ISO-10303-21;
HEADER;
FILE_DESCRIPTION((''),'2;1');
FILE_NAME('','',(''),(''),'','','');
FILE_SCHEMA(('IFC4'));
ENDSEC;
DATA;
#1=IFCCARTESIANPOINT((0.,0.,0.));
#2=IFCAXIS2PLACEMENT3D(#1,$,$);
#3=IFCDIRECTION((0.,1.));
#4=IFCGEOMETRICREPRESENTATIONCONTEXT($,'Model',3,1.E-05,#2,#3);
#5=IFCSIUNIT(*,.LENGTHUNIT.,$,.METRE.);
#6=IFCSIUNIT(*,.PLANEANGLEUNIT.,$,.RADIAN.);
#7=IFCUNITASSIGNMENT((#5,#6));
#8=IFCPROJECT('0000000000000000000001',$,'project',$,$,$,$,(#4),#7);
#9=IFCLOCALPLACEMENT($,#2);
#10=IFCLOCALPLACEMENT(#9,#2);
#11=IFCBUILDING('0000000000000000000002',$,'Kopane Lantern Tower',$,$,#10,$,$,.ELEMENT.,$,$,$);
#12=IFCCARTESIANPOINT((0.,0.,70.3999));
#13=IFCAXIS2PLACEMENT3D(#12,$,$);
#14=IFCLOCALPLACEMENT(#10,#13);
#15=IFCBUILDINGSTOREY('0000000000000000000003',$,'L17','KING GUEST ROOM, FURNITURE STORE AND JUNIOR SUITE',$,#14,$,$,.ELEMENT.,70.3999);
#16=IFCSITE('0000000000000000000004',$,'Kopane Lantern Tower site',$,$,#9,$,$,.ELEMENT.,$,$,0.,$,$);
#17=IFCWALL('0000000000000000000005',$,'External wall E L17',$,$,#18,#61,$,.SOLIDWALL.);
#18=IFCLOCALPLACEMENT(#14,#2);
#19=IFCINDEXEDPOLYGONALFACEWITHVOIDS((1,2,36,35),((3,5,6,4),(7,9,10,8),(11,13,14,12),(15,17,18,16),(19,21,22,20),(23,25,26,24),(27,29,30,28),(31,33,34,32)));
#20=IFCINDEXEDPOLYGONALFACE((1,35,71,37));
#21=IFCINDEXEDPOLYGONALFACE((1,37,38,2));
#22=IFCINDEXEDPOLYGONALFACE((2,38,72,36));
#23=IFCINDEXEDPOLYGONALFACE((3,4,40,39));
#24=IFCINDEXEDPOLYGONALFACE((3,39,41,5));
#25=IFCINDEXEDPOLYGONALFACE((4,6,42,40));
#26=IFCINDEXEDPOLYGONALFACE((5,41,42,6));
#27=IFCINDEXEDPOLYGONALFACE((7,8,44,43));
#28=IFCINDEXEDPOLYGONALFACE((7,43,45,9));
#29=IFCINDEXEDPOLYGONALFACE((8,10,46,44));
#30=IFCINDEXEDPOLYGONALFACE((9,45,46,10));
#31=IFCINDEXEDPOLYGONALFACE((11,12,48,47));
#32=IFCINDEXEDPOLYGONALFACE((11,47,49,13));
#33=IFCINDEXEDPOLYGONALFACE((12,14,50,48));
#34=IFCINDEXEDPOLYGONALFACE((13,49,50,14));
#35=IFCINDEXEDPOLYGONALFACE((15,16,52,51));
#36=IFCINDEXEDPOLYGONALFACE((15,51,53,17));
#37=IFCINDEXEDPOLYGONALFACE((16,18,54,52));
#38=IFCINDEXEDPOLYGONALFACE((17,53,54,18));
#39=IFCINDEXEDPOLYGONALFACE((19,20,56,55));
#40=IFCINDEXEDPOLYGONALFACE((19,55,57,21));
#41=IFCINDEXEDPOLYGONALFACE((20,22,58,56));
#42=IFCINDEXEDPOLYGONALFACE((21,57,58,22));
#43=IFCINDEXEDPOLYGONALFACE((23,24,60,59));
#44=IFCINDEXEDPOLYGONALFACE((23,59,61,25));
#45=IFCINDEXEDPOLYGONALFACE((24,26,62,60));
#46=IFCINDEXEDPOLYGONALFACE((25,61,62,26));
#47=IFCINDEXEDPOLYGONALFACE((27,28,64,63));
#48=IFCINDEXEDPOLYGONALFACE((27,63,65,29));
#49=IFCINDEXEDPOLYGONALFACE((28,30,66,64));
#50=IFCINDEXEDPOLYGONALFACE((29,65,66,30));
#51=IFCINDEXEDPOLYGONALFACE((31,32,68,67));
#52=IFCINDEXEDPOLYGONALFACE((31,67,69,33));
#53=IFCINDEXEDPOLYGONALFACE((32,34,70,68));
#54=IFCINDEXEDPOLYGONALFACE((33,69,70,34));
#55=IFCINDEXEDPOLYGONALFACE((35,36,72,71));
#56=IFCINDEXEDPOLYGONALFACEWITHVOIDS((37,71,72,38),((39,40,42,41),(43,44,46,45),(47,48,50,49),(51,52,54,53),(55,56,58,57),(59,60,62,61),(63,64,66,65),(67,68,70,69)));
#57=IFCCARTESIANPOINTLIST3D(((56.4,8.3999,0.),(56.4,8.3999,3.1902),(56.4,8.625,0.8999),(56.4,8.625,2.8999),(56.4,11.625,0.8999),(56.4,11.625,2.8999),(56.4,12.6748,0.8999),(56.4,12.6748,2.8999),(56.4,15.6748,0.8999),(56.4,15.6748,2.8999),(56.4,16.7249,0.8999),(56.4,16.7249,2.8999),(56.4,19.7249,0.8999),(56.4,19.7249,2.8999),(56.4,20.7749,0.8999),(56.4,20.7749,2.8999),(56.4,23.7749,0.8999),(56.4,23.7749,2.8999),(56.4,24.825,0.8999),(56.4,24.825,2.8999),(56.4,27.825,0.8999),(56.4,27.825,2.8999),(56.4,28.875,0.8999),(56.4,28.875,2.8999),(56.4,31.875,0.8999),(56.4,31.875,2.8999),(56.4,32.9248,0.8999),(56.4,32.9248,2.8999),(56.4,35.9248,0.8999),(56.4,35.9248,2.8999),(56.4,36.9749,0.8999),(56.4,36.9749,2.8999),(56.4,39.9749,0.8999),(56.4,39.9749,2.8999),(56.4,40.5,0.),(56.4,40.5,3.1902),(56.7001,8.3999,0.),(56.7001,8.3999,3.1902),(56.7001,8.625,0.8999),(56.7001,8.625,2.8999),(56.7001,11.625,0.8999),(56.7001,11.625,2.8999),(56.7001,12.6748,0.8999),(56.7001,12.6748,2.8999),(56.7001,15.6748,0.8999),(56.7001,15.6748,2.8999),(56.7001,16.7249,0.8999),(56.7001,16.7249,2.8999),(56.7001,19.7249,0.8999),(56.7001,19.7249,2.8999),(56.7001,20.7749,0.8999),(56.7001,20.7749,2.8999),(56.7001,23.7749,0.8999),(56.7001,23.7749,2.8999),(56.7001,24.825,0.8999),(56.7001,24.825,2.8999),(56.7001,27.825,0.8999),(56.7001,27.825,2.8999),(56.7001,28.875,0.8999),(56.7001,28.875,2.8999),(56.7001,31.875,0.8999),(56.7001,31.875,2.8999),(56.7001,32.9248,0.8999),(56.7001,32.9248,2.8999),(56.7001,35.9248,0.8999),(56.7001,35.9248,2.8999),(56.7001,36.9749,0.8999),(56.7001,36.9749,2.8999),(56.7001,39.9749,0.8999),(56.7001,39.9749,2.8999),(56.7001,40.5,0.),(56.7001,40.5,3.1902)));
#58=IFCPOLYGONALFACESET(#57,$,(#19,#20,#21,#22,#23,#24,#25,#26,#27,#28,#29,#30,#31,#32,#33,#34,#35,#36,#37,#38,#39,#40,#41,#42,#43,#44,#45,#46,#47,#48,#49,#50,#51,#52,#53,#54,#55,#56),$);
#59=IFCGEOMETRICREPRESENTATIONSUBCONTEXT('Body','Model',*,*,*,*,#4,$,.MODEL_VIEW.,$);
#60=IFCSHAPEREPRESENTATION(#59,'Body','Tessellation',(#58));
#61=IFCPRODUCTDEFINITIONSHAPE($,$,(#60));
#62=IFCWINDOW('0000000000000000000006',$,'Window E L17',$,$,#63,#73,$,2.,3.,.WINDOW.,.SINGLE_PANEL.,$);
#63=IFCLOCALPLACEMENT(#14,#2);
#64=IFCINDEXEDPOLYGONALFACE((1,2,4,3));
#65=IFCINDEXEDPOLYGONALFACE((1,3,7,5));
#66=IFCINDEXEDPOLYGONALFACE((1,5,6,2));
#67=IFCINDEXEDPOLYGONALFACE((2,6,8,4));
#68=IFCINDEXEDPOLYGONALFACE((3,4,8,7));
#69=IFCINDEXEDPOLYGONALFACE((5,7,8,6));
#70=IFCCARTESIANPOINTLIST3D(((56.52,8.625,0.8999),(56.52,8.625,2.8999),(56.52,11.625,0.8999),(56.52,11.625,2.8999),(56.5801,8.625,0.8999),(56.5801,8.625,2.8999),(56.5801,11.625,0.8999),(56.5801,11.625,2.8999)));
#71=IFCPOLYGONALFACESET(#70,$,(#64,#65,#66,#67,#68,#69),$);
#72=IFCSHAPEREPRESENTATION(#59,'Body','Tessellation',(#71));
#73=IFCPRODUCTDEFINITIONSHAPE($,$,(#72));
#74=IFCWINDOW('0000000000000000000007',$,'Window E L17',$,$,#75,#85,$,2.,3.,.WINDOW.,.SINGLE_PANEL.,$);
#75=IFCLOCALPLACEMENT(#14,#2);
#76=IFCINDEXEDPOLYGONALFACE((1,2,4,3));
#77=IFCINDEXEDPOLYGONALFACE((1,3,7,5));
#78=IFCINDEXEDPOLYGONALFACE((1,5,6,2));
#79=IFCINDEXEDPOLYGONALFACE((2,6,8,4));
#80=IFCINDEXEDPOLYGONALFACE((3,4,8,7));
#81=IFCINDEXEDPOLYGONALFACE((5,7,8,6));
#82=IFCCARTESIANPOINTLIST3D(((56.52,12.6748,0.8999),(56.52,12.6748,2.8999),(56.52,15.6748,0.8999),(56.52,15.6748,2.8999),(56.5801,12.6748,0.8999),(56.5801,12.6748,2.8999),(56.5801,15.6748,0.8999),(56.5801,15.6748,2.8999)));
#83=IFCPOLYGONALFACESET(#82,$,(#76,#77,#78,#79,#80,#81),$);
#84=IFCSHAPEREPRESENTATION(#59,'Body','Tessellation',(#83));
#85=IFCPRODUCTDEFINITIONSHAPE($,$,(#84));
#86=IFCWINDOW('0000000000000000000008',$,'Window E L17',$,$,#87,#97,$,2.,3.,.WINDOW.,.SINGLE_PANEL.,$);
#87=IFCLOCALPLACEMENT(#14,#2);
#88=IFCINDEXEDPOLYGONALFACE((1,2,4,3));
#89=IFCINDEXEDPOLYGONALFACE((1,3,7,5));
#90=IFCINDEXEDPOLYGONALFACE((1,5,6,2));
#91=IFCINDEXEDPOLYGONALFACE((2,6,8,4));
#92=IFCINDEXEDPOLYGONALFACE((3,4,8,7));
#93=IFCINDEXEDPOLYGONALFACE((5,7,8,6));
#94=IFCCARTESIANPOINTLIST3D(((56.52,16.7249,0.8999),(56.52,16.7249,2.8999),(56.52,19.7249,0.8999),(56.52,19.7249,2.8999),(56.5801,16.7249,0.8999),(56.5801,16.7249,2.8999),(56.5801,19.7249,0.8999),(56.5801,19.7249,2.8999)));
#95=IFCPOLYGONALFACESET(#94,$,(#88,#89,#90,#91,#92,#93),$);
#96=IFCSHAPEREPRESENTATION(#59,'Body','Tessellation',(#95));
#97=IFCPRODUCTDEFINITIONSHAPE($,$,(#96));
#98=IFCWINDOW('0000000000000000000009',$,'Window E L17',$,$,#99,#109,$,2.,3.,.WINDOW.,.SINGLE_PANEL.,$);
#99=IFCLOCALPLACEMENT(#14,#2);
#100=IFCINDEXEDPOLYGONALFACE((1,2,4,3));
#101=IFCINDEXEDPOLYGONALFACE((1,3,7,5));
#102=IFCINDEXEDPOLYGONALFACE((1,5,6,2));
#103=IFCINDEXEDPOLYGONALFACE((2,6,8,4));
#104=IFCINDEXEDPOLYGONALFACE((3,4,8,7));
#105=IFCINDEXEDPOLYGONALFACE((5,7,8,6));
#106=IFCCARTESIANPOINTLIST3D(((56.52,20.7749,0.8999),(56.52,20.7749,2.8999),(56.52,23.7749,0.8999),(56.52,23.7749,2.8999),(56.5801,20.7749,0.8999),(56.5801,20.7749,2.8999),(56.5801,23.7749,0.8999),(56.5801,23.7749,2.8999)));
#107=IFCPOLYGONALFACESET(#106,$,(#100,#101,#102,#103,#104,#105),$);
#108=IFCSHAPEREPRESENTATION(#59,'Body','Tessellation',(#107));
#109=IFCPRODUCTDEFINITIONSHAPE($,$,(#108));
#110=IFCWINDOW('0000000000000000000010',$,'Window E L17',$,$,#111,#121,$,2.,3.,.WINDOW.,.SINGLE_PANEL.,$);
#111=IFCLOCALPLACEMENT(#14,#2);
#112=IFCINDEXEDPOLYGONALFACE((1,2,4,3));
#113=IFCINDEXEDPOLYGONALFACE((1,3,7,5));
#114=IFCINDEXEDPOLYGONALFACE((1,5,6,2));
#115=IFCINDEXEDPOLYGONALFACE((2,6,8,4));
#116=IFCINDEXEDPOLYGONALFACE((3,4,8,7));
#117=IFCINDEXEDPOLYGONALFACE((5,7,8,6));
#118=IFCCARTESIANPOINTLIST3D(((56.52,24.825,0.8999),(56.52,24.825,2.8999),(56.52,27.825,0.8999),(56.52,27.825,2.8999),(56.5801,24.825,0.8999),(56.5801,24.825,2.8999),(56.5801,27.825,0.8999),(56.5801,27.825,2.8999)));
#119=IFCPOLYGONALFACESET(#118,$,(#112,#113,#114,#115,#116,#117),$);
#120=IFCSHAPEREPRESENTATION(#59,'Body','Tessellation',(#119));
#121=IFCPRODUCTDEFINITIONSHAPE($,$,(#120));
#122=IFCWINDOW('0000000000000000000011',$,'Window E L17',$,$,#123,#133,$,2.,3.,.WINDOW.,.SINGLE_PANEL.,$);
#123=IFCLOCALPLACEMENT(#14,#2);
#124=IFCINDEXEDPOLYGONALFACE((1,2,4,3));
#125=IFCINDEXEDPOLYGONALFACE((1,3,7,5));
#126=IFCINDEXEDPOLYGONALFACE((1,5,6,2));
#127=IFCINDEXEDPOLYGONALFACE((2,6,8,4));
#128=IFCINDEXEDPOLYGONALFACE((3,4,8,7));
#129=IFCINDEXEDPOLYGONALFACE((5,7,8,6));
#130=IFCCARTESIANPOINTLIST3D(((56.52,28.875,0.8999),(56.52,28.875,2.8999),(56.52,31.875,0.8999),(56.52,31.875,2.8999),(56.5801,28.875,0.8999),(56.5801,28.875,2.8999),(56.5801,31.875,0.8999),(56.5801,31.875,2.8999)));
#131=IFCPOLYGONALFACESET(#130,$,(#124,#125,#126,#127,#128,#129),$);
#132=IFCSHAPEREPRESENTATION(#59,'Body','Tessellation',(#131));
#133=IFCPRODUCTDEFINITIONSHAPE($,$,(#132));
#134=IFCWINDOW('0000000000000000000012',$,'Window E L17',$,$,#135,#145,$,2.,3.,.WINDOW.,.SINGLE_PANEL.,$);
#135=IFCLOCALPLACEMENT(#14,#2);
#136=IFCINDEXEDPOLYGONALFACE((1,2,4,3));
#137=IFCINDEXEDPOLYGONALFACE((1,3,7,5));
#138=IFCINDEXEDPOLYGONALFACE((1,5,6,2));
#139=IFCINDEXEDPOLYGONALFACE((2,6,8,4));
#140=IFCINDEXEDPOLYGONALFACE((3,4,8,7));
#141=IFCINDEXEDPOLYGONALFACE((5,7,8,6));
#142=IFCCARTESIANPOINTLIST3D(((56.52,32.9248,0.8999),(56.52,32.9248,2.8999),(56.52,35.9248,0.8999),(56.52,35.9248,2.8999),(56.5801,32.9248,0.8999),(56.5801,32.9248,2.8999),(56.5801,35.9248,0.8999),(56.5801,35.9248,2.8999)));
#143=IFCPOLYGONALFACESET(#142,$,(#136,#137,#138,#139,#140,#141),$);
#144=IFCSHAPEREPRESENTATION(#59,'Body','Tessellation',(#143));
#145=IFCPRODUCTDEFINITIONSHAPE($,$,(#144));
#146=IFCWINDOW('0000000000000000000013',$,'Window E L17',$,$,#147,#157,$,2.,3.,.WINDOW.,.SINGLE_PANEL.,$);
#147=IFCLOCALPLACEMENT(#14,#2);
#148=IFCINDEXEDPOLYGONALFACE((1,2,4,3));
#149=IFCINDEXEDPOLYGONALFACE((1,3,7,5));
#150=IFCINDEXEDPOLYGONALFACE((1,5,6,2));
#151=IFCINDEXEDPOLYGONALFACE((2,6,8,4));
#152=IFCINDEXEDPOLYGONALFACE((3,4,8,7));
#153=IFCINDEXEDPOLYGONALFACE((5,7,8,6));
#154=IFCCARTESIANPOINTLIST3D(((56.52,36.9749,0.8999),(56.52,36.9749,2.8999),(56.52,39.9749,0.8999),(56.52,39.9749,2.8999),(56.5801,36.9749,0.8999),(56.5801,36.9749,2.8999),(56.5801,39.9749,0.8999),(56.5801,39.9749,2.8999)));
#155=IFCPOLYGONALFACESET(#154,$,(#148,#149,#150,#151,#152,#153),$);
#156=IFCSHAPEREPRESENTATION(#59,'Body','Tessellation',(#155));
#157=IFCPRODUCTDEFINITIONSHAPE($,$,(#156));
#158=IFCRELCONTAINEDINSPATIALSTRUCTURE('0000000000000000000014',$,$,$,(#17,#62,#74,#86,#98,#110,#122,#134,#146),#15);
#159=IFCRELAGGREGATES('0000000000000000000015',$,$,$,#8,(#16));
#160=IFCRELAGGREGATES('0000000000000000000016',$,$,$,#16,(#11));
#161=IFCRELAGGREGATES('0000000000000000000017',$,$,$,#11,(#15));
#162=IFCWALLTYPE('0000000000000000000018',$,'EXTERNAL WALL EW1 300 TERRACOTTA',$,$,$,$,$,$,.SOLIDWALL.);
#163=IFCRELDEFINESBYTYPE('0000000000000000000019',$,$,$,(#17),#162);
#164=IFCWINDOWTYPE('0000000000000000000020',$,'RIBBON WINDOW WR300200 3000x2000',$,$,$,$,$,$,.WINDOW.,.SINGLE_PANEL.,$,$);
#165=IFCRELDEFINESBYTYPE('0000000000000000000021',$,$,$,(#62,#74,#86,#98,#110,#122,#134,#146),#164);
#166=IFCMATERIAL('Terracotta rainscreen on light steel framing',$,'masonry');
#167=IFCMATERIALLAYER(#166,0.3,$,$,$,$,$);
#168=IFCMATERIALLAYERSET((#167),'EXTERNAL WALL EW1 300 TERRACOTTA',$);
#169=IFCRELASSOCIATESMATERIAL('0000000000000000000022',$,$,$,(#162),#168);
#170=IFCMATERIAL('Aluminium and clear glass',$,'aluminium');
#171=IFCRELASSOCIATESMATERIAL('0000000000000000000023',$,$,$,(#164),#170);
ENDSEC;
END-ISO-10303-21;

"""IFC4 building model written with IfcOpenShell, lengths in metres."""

from ifc_helpers import new_model, si_unit, direction, frame, frame_2d, origin, place, context, subcontext, project, spatial, rectangle, extrude, material, layer, layer_set, type_object, element, fill, save


model = new_model("IFC4")

# Units and contexts
model_context = context("Model", 3, precision=1e-05, world=origin(), true_north=direction((0.0, 1.0)))
body_context = subcontext(model_context, "Body", "Model", "MODEL_VIEW")
ifc_project = project(units=[si_unit("LENGTHUNIT", "METRE"), si_unit("PLANEANGLEUNIT", "RADIAN")], contexts=[model_context])

# Site, building, storey
site_placement = place(None, origin())
site = spatial("IfcSite", under=ifc_project, at=site_placement, Name="Kopane Lantern Tower site", CompositionType="ELEMENT", RefElevation=0.0)
building_placement = place(site_placement, origin())
building = spatial("IfcBuilding", under=site, at=building_placement, Name="Kopane Lantern Tower", CompositionType="ELEMENT")
storey_placement = place(building_placement, frame((0.0, 0.0, 70.3999)))
storey = spatial("IfcBuildingStorey", under=building, at=storey_placement, Name="L17", Description="KING GUEST ROOM, FURNITURE STORE AND JUNIOR SUITE", CompositionType="ELEMENT", Elevation=70.3999)

# Shared definitions
ifc_material_1 = material(Name="Terracotta rainscreen on light steel framing", Category="masonry")
ifc_layer = layer(ifc_material_1, 0.3)
ifc_layer_set = layer_set([ifc_layer], Name="EXTERNAL WALL EW1 300 TERRACOTTA")
wall_type = type_object("IfcWallType", Name="EXTERNAL WALL EW1 300 TERRACOTTA", PredefinedType="SOLIDWALL", material=ifc_layer_set)

# Wall, openings, windows
wall_1_placement = place(storey_placement, frame((56.55, 8.3999, 0.0), z_axis=(0.0, 0.0, 1.0), x_axis=(0.0, 1.0, 0.0)))
wall_1 = element("IfcWall", 1, at=wall_1_placement, inside=storey, type_object=wall_type, Name="External wall E L17", PredefinedType="SOLIDWALL", context=body_context, shape_type="SweptSolid", body=[
    extrude(rectangle(XDim=32.1001, YDim=0.3, at=frame_2d((16.05, 0.0))), origin(), (0.0, 0.0, 1.0), 3.1902),
])
opening_1_placement = place(wall_1_placement, frame((0.2251, 0.0, 0.8999)))
opening_1 = element("IfcOpeningElement", 2, at=opening_1_placement, cuts=wall_1, PredefinedType="OPENING", context=body_context, shape_type="SweptSolid", body=[
    extrude(rectangle(XDim=3.0, YDim=2.0, at=frame_2d((1.5, 1.0))), frame((0.0, 0.1599, 0.0), z_axis=(0.0, -1.0, 0.0), x_axis=(1.0, 0.0, 0.0)), (0.0, 0.0, 1.0), 0.3201),
])
opening_2_placement = place(wall_1_placement, frame((4.2749, 0.0, 0.8999)))
opening_2 = element("IfcOpeningElement", 3, at=opening_2_placement, cuts=wall_1, PredefinedType="OPENING", context=body_context, shape_type="SweptSolid", body=[
    extrude(rectangle(XDim=3.0, YDim=2.0, at=frame_2d((1.5, 1.0))), frame((0.0, 0.1599, 0.0), z_axis=(0.0, -1.0, 0.0), x_axis=(1.0, 0.0, 0.0)), (0.0, 0.0, 1.0), 0.3201),
])
opening_3_placement = place(wall_1_placement, frame((8.325, 0.0, 0.8999)))
opening_3 = element("IfcOpeningElement", 4, at=opening_3_placement, cuts=wall_1, PredefinedType="OPENING", context=body_context, shape_type="SweptSolid", body=[
    extrude(rectangle(XDim=3.0, YDim=2.0, at=frame_2d((1.5, 1.0))), frame((0.0, 0.1599, 0.0), z_axis=(0.0, -1.0, 0.0), x_axis=(1.0, 0.0, 0.0)), (0.0, 0.0, 1.0), 0.3201),
])
opening_4_placement = place(wall_1_placement, frame((12.375, 0.0, 0.8999)))
opening_4 = element("IfcOpeningElement", 5, at=opening_4_placement, cuts=wall_1, PredefinedType="OPENING", context=body_context, shape_type="SweptSolid", body=[
    extrude(rectangle(XDim=3.0, YDim=2.0, at=frame_2d((1.5, 1.0))), frame((0.0, 0.1599, 0.0), z_axis=(0.0, -1.0, 0.0), x_axis=(1.0, 0.0, 0.0)), (0.0, 0.0, 1.0), 0.3201),
])
opening_5_placement = place(wall_1_placement, frame((16.425, 0.0, 0.8999)))
opening_5 = element("IfcOpeningElement", 6, at=opening_5_placement, cuts=wall_1, PredefinedType="OPENING", context=body_context, shape_type="SweptSolid", body=[
    extrude(rectangle(XDim=3.0, YDim=2.0, at=frame_2d((1.5, 1.0))), frame((0.0, 0.1599, 0.0), z_axis=(0.0, -1.0, 0.0), x_axis=(1.0, 0.0, 0.0)), (0.0, 0.0, 1.0), 0.3201),
])
opening_6_placement = place(wall_1_placement, frame((20.4751, 0.0, 0.8999)))
opening_6 = element("IfcOpeningElement", 7, at=opening_6_placement, cuts=wall_1, PredefinedType="OPENING", context=body_context, shape_type="SweptSolid", body=[
    extrude(rectangle(XDim=3.0, YDim=2.0, at=frame_2d((1.5, 1.0))), frame((0.0, 0.1599, 0.0), z_axis=(0.0, -1.0, 0.0), x_axis=(1.0, 0.0, 0.0)), (0.0, 0.0, 1.0), 0.3201),
])
opening_7_placement = place(wall_1_placement, frame((24.5249, 0.0, 0.8999)))
opening_7 = element("IfcOpeningElement", 8, at=opening_7_placement, cuts=wall_1, PredefinedType="OPENING", context=body_context, shape_type="SweptSolid", body=[
    extrude(rectangle(XDim=3.0, YDim=2.0, at=frame_2d((1.5, 1.0))), frame((0.0, 0.1599, 0.0), z_axis=(0.0, -1.0, 0.0), x_axis=(1.0, 0.0, 0.0)), (0.0, 0.0, 1.0), 0.3201),
])
opening_8_placement = place(wall_1_placement, frame((28.575, 0.0, 0.8999)))
opening_8 = element("IfcOpeningElement", 9, at=opening_8_placement, cuts=wall_1, PredefinedType="OPENING", context=body_context, shape_type="SweptSolid", body=[
    extrude(rectangle(XDim=3.0, YDim=2.0, at=frame_2d((1.5, 1.0))), frame((0.0, 0.1599, 0.0), z_axis=(0.0, -1.0, 0.0), x_axis=(1.0, 0.0, 0.0)), (0.0, 0.0, 1.0), 0.3201),
])
ifc_material_2 = material(Name="Aluminium and clear glass", Category="aluminium")
window_type_1 = type_object("IfcWindowType", Name="RIBBON WINDOW WR300200 3000x2000", PartitioningType="SINGLE_PANEL", PredefinedType="WINDOW", material=ifc_material_2)
window_1_placement = place(opening_1_placement, origin())
window_1 = element("IfcWindow", 10, at=window_1_placement, inside=storey, type_object=window_type_1, Name="Window E L17", OverallHeight=2.0, OverallWidth=3.0, PartitioningType="SINGLE_PANEL", PredefinedType="WINDOW", context=body_context, shape_type="SweptSolid", body=[
    extrude(rectangle(XDim=3.0, YDim=2.0, at=frame_2d((1.5, 1.0))), frame((0.0, 0.03, 0.0), z_axis=(0.0, -1.0, 0.0), x_axis=(1.0, 0.0, 0.0)), (0.0, 0.0, 1.0), 0.0601),
])
fill(opening_1, window_1)
window_2_placement = place(opening_2_placement, origin())
window_2 = element("IfcWindow", 11, at=window_2_placement, inside=storey, type_object=window_type_1, Name="Window E L17", OverallHeight=2.0, OverallWidth=3.0, PartitioningType="SINGLE_PANEL", PredefinedType="WINDOW", context=body_context, shape_type="SweptSolid", body=[
    extrude(rectangle(XDim=3.0, YDim=2.0, at=frame_2d((1.5, 1.0))), frame((0.0, 0.03, 0.0), z_axis=(0.0, -1.0, 0.0), x_axis=(1.0, 0.0, 0.0)), (0.0, 0.0, 1.0), 0.0601),
])
fill(opening_2, window_2)
window_3_placement = place(opening_3_placement, origin())
window_3 = element("IfcWindow", 12, at=window_3_placement, inside=storey, type_object=window_type_1, Name="Window E L17", OverallHeight=2.0, OverallWidth=3.0, PartitioningType="SINGLE_PANEL", PredefinedType="WINDOW", context=body_context, shape_type="SweptSolid", body=[
    extrude(rectangle(XDim=3.0, YDim=2.0, at=frame_2d((1.5, 1.0))), frame((0.0, 0.03, 0.0), z_axis=(0.0, -1.0, 0.0), x_axis=(1.0, 0.0, 0.0)), (0.0, 0.0, 1.0), 0.0601),
])
fill(opening_3, window_3)
window_4_placement = place(opening_4_placement, origin())
window_4 = element("IfcWindow", 13, at=window_4_placement, inside=storey, type_object=window_type_1, Name="Window E L17", OverallHeight=2.0, OverallWidth=3.0, PartitioningType="SINGLE_PANEL", PredefinedType="WINDOW", context=body_context, shape_type="SweptSolid", body=[
    extrude(rectangle(XDim=3.0, YDim=2.0, at=frame_2d((1.5, 1.0))), frame((0.0, 0.03, 0.0), z_axis=(0.0, -1.0, 0.0), x_axis=(1.0, 0.0, 0.0)), (0.0, 0.0, 1.0), 0.0601),
])
fill(opening_4, window_4)
window_5_placement = place(opening_5_placement, origin())
window_5 = element("IfcWindow", 14, at=window_5_placement, inside=storey, type_object=window_type_1, Name="Window E L17", OverallHeight=2.0, OverallWidth=3.0, PartitioningType="SINGLE_PANEL", PredefinedType="WINDOW", context=body_context, shape_type="SweptSolid", body=[
    extrude(rectangle(XDim=3.0, YDim=2.0, at=frame_2d((1.5, 1.0))), frame((0.0, 0.03, 0.0), z_axis=(0.0, -1.0, 0.0), x_axis=(1.0, 0.0, 0.0)), (0.0, 0.0, 1.0), 0.0601),
])
fill(opening_5, window_5)
window_6_placement = place(opening_6_placement, origin())
window_6 = element("IfcWindow", 15, at=window_6_placement, inside=storey, type_object=window_type_1, Name="Window E L17", OverallHeight=2.0, OverallWidth=3.0, PartitioningType="SINGLE_PANEL", PredefinedType="WINDOW", context=body_context, shape_type="SweptSolid", body=[
    extrude(rectangle(XDim=3.0, YDim=2.0, at=frame_2d((1.5, 1.0))), frame((0.0, 0.03, 0.0), z_axis=(0.0, -1.0, 0.0), x_axis=(1.0, 0.0, 0.0)), (0.0, 0.0, 1.0), 0.0601),
])
fill(opening_6, window_6)
window_7_placement = place(opening_7_placement, origin())
window_7 = element("IfcWindow", 16, at=window_7_placement, inside=storey, type_object=window_type_1, Name="Window E L17", OverallHeight=2.0, OverallWidth=3.0, PartitioningType="SINGLE_PANEL", PredefinedType="WINDOW", context=body_context, shape_type="SweptSolid", body=[
    extrude(rectangle(XDim=3.0, YDim=2.0, at=frame_2d((1.5, 1.0))), frame((0.0, 0.03, 0.0), z_axis=(0.0, -1.0, 0.0), x_axis=(1.0, 0.0, 0.0)), (0.0, 0.0, 1.0), 0.0601),
])
fill(opening_7, window_7)
window_8_placement = place(opening_8_placement, origin())
window_8 = element("IfcWindow", 17, at=window_8_placement, inside=storey, type_object=window_type_1, Name="Window E L17", OverallHeight=2.0, OverallWidth=3.0, PartitioningType="SINGLE_PANEL", PredefinedType="WINDOW", context=body_context, shape_type="SweptSolid", body=[
    extrude(rectangle(XDim=3.0, YDim=2.0, at=frame_2d((1.5, 1.0))), frame((0.0, 0.03, 0.0), z_axis=(0.0, -1.0, 0.0), x_axis=(1.0, 0.0, 0.0)), (0.0, 0.0, 1.0), 0.0601),
])
fill(opening_8, window_8)

save(model, "model.ifc")
